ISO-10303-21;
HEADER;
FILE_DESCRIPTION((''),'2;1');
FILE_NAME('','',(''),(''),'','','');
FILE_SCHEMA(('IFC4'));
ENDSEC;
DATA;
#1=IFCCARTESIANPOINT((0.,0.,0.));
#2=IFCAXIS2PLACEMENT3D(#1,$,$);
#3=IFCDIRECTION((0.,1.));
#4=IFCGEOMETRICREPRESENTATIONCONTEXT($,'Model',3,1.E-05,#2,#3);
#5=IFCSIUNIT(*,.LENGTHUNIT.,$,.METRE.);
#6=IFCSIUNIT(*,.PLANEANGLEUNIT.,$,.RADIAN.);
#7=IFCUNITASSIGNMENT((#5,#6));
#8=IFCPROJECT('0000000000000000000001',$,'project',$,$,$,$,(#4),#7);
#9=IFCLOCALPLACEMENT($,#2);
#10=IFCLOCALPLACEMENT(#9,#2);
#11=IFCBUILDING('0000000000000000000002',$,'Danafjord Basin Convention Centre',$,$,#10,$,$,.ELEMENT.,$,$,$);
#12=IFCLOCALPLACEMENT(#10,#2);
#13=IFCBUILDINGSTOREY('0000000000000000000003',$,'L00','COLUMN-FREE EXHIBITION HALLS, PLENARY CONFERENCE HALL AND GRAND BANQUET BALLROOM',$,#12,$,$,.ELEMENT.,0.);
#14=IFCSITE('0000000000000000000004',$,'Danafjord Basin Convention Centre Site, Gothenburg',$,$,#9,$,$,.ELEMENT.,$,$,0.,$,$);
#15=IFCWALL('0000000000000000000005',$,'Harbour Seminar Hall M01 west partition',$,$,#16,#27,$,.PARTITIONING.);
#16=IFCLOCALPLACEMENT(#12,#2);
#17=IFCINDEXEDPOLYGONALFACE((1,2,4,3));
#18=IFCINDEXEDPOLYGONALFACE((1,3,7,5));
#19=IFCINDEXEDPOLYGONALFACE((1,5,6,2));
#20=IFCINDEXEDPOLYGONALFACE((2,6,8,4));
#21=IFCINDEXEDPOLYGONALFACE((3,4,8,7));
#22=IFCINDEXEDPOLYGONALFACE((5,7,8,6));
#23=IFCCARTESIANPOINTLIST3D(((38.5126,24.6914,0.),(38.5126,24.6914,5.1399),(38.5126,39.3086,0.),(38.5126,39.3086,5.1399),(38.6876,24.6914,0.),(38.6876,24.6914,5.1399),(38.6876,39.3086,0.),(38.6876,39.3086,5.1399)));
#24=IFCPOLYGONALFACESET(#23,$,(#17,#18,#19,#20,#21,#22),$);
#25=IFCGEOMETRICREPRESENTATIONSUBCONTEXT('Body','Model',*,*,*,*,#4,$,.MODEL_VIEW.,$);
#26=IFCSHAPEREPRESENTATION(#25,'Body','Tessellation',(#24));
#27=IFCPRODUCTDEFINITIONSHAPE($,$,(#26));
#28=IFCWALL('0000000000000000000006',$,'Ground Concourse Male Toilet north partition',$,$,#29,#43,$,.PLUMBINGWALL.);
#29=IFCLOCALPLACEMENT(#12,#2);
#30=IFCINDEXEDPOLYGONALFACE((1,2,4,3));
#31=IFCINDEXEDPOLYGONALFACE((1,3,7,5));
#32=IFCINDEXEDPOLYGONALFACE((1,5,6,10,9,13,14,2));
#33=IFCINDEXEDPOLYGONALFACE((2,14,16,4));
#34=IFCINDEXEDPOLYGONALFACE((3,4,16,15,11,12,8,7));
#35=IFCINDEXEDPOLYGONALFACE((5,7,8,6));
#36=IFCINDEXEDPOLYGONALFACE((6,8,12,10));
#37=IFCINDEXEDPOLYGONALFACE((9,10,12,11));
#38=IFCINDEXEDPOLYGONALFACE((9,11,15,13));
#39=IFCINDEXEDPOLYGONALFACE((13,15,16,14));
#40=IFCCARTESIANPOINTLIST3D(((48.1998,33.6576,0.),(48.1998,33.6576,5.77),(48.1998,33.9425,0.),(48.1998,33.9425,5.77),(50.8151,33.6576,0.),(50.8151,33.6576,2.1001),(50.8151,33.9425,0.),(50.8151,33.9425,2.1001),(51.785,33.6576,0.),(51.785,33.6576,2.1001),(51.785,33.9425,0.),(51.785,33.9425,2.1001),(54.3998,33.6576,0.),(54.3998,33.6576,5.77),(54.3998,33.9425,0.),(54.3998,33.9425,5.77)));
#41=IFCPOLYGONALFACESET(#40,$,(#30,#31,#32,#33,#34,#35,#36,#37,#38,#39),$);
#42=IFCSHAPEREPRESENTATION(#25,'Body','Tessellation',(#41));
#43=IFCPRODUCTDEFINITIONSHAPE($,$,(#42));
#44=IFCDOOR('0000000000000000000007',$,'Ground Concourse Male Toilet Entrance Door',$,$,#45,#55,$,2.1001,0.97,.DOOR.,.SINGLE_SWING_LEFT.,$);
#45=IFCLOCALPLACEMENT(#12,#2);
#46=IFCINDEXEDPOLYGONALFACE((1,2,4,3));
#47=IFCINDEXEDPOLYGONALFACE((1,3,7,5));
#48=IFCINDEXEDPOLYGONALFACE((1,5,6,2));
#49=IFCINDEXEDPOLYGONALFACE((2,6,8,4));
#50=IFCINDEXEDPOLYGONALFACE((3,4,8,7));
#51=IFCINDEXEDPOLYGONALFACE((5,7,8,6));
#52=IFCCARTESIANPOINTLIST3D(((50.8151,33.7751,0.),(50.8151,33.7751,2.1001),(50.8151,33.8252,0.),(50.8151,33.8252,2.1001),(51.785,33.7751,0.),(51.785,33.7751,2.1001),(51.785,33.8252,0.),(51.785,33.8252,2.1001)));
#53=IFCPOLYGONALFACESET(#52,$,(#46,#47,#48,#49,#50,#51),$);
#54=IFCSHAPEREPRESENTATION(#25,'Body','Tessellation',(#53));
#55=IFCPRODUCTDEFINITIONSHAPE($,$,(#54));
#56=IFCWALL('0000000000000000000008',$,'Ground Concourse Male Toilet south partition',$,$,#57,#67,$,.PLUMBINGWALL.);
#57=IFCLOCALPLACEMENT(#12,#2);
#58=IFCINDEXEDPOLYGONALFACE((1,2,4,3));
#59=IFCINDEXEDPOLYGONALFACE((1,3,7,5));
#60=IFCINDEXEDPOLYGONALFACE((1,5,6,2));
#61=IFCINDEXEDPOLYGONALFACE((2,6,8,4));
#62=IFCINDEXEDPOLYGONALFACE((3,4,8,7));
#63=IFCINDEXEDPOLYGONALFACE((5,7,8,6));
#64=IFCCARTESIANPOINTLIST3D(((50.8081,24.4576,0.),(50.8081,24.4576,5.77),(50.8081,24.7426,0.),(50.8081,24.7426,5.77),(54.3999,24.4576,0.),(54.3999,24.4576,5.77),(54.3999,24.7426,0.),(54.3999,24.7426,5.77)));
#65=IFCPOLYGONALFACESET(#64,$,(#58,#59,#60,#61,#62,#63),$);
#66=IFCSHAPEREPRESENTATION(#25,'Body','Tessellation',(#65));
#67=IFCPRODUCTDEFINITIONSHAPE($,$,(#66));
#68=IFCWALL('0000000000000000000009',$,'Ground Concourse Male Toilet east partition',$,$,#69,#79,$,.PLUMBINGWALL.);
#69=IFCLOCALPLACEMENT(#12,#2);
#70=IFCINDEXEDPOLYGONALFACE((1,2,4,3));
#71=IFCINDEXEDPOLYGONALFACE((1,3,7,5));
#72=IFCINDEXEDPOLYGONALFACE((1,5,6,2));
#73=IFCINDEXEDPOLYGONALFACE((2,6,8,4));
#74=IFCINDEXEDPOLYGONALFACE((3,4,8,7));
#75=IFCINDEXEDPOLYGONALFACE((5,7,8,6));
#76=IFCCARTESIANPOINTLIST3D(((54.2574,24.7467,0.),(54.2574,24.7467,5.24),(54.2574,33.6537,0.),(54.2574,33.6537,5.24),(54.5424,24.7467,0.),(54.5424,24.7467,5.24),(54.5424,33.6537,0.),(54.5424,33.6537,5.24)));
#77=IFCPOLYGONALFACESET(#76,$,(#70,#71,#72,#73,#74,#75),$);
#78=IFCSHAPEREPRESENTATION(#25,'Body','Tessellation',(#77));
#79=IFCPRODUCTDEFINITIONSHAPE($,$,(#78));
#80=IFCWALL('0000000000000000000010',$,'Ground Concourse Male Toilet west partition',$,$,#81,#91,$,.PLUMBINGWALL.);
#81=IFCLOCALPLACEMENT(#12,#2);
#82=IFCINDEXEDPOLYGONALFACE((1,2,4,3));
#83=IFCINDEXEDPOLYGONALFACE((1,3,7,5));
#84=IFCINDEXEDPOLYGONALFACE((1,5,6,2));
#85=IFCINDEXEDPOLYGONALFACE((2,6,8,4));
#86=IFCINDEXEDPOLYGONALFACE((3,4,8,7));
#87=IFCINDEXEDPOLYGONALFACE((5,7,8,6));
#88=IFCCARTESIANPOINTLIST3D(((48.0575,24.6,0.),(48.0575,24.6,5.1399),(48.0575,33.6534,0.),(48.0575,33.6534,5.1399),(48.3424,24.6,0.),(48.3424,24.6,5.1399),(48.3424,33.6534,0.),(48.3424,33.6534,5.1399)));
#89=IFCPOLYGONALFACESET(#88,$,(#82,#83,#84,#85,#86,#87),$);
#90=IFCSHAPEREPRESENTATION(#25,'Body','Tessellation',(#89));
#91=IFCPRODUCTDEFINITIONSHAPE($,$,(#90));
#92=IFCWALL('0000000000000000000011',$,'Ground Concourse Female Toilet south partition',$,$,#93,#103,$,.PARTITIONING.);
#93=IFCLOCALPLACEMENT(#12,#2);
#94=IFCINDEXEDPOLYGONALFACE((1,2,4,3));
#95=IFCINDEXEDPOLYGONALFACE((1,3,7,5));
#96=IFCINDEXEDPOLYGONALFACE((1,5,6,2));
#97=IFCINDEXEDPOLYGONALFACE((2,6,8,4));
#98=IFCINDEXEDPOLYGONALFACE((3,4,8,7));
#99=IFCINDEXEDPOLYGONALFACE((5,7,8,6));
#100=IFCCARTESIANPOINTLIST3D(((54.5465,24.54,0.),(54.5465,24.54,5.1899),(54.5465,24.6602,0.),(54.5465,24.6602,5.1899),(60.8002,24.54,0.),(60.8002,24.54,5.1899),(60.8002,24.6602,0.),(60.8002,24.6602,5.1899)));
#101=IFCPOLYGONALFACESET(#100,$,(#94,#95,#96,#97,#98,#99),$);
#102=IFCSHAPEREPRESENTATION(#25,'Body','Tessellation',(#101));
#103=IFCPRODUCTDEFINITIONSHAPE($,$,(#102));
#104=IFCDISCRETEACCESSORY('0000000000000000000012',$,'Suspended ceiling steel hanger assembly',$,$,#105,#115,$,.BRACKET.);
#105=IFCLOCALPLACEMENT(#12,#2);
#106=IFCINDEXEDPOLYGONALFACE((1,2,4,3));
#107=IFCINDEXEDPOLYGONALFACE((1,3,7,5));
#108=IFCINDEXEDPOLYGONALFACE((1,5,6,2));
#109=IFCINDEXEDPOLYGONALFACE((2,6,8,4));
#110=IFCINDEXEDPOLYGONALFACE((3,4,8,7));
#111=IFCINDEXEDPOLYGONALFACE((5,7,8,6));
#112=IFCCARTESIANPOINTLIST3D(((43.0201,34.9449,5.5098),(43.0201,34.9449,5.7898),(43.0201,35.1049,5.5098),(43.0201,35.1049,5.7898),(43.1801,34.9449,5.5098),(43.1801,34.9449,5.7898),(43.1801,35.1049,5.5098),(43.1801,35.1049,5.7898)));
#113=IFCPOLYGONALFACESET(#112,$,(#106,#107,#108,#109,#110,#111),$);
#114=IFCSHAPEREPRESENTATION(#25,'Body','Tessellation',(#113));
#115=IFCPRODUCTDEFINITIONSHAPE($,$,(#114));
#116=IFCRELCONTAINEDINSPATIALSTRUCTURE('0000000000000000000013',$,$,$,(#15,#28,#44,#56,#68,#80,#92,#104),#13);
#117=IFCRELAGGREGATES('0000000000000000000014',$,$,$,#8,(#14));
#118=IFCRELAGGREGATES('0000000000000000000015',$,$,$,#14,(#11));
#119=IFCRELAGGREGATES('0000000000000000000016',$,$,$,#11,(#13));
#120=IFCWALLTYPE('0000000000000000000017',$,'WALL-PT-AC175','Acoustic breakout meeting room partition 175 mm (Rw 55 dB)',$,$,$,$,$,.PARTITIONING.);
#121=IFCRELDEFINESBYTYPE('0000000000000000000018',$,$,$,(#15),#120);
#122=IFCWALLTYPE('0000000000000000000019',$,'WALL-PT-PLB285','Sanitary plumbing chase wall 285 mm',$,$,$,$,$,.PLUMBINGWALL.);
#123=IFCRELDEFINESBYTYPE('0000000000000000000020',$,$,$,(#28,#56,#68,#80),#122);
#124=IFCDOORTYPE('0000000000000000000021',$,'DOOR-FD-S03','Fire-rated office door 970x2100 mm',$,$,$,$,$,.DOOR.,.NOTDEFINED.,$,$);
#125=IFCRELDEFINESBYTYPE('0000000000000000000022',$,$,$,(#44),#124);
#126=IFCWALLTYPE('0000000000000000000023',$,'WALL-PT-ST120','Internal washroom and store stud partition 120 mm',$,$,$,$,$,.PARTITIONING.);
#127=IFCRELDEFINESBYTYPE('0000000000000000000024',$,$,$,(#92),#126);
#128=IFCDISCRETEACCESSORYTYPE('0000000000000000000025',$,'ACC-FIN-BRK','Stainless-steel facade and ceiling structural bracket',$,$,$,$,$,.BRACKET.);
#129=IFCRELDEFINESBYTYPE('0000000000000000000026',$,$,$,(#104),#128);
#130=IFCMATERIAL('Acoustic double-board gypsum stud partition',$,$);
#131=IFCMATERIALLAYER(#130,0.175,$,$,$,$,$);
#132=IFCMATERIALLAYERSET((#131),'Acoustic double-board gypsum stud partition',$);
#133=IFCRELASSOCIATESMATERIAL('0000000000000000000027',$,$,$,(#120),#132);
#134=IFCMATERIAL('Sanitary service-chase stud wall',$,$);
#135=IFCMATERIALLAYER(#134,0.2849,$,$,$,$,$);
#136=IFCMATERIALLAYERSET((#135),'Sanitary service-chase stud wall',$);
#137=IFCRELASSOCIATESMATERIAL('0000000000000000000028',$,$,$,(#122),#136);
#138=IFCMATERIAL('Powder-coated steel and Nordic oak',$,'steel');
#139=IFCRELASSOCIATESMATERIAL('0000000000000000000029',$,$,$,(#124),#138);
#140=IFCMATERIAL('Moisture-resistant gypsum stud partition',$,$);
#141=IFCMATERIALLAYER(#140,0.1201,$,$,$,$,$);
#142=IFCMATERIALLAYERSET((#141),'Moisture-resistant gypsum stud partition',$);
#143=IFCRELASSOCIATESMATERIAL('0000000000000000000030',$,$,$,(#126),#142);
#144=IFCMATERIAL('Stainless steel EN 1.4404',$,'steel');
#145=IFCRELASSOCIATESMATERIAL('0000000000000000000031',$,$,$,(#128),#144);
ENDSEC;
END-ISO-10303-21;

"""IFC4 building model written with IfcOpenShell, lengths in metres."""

from ifc_helpers import new_model, si_unit, direction, frame, frame_2d, origin, origin_2d, place, context, subcontext, project, spatial, rectangle, extrude, material, layer, layer_set, type_object, element, fill, save


model = new_model("IFC4")

# Units and contexts
model_context = context("Model", 3, precision=1e-05, world=origin(), true_north=direction((0.0, 1.0)))
body_context = subcontext(model_context, "Body", "Model", "MODEL_VIEW")
ifc_project = project(units=[si_unit("LENGTHUNIT", "METRE"), si_unit("PLANEANGLEUNIT", "RADIAN")], contexts=[model_context])

# Site, building, storey
site_placement = place(None, origin())
site = spatial("IfcSite", under=ifc_project, at=site_placement, Name="Danafjord Basin Convention Centre Site, Gothenburg", CompositionType="ELEMENT", RefElevation=0.0)
building_placement = place(site_placement, origin())
building = spatial("IfcBuilding", under=site, at=building_placement, Name="Danafjord Basin Convention Centre", CompositionType="ELEMENT")
storey_placement = place(building_placement, origin())
storey = spatial("IfcBuildingStorey", under=building, at=storey_placement, Name="L00", Description="COLUMN-FREE EXHIBITION HALLS, PLENARY CONFERENCE HALL AND GRAND BANQUET BALLROOM", CompositionType="ELEMENT", Elevation=0.0)

# Shared definitions
ifc_material_1 = material(Name="Acoustic double-board gypsum stud partition")
ifc_layer_1 = layer(ifc_material_1, 0.175)
ifc_layer_set_1 = layer_set([ifc_layer_1], Name="Acoustic double-board gypsum stud partition")
wall_type_1 = type_object("IfcWallType", Name="WALL-PT-AC175", Description="Acoustic breakout meeting room partition 175 mm (Rw 55 dB)", PredefinedType="PARTITIONING", material=ifc_layer_set_1)
ifc_material_2 = material(Name="Powder-coated steel and Nordic oak", Category="steel")

# Wall
wall_1_placement = place(storey_placement, frame((38.6001, 39.3086, 0.0), z_axis=(0.0, 0.0, 1.0), x_axis=(0.0, -1.0, 0.0)))
element("IfcWall", 1, at=wall_1_placement, inside=storey, type_object=wall_type_1, Name="Harbour Seminar Hall M01 west partition", PredefinedType="PARTITIONING", context=body_context, shape_type="SweptSolid", body=[
    extrude(rectangle(XDim=14.6172, YDim=0.175, at=frame_2d((7.3086, 0.0))), origin(), (0.0, 0.0, 1.0), 5.1399),
])

# Wall, opening, door
ifc_material_3 = material(Name="Sanitary service-chase stud wall")
ifc_layer_2 = layer(ifc_material_3, 0.2849)
ifc_layer_set_2 = layer_set([ifc_layer_2], Name="Sanitary service-chase stud wall")
wall_type_2 = type_object("IfcWallType", Name="WALL-PT-PLB285", Description="Sanitary plumbing chase wall 285 mm", PredefinedType="PLUMBINGWALL", material=ifc_layer_set_2)
wall_2_placement = place(storey_placement, frame((54.3999, 33.8, 0.0), z_axis=(0.0, 0.0, 1.0), x_axis=(-1.0, 0.0, 0.0)))
wall_2 = element("IfcWall", 2, at=wall_2_placement, inside=storey, type_object=wall_type_2, Name="Ground Concourse Male Toilet north partition", PredefinedType="PLUMBINGWALL", context=body_context, shape_type="SweptSolid", body=[
    extrude(rectangle(XDim=6.2, YDim=0.2849, at=frame_2d((3.1001, 0.0))), origin(), (0.0, 0.0, 1.0), 5.77),
])
opening_1_placement = place(wall_2_placement, frame((2.615, 0.0, 0.0)))
opening_1 = element("IfcOpeningElement", 3, at=opening_1_placement, cuts=wall_2, PredefinedType="OPENING", context=body_context, shape_type="SweptSolid", body=[
    extrude(rectangle(XDim=0.97, YDim=2.1001, at=frame_2d((0.4849, 1.05))), frame((0.0, 0.1523, 0.0), z_axis=(0.0, -1.0, 0.0), x_axis=(1.0, 0.0, 0.0)), (0.0, 0.0, 1.0), 0.3049),
])
door_type_1 = type_object("IfcDoorType", Name="DOOR-FD-S03", Description="Fire-rated office door 970x2100 mm", OperationType="NOTDEFINED", PredefinedType="DOOR", material=ifc_material_2)
door_1_placement = place(opening_1_placement, origin())
door_1 = element("IfcDoor", 4, at=door_1_placement, inside=storey, type_object=door_type_1, Name="Ground Concourse Male Toilet Entrance Door", OperationType="SINGLE_SWING_LEFT", OverallHeight=2.1001, OverallWidth=0.97, PredefinedType="DOOR", context=body_context, shape_type="SweptSolid", body=[
    extrude(rectangle(XDim=0.97, YDim=2.1001, at=frame_2d((0.4849, 1.05))), frame((0.0, 0.0249, 0.0), z_axis=(0.0, -1.0, 0.0), x_axis=(1.0, 0.0, 0.0)), (0.0, 0.0, 1.0), 0.05),
])
fill(opening_1, door_1)

# Walls
wall_3_placement = place(storey_placement, frame((50.8081, 24.6001, 0.0), z_axis=(0.0, 0.0, 1.0), x_axis=(1.0, 0.0, 0.0)))
element("IfcWall", 5, at=wall_3_placement, inside=storey, type_object=wall_type_2, Name="Ground Concourse Male Toilet south partition", PredefinedType="PLUMBINGWALL", context=body_context, shape_type="SweptSolid", body=[
    extrude(rectangle(XDim=3.5918, YDim=0.2849, at=frame_2d((1.7959, 0.0))), origin(), (0.0, 0.0, 1.0), 5.77),
])
wall_4_placement = place(storey_placement, frame((54.3999, 24.7466, 0.0), z_axis=(0.0, 0.0, 1.0), x_axis=(0.0, 1.0, 0.0)))
element("IfcWall", 6, at=wall_4_placement, inside=storey, type_object=wall_type_2, Name="Ground Concourse Male Toilet east partition", PredefinedType="PLUMBINGWALL", context=body_context, shape_type="SweptSolid", body=[
    extrude(rectangle(XDim=8.907, YDim=0.2849, at=frame_2d((4.4536, 0.0))), origin(), (0.0, 0.0, 1.0), 5.24),
])
wall_5_placement = place(storey_placement, frame((48.2, 33.6536, 0.0), z_axis=(0.0, 0.0, 1.0), x_axis=(0.0, -1.0, 0.0)))
element("IfcWall", 7, at=wall_5_placement, inside=storey, type_object=wall_type_2, Name="Ground Concourse Male Toilet west partition", PredefinedType="PLUMBINGWALL", context=body_context, shape_type="SweptSolid", body=[
    extrude(rectangle(XDim=9.0535, YDim=0.2849, at=frame_2d((4.5269, 0.0))), origin(), (0.0, 0.0, 1.0), 5.1399),
])
ifc_material_4 = material(Name="Moisture-resistant gypsum stud partition")
ifc_layer_3 = layer(ifc_material_4, 0.1201)
ifc_layer_set_3 = layer_set([ifc_layer_3], Name="Moisture-resistant gypsum stud partition")
wall_type_3 = type_object("IfcWallType", Name="WALL-PT-ST120", Description="Internal washroom and store stud partition 120 mm", PredefinedType="PARTITIONING", material=ifc_layer_set_3)
wall_6_placement = place(storey_placement, frame((54.5464, 24.6001, 0.0), z_axis=(0.0, 0.0, 1.0), x_axis=(1.0, 0.0, 0.0)))
element("IfcWall", 8, at=wall_6_placement, inside=storey, type_object=wall_type_3, Name="Ground Concourse Female Toilet south partition", PredefinedType="PARTITIONING", context=body_context, shape_type="SweptSolid", body=[
    extrude(rectangle(XDim=6.2537, YDim=0.1201, at=frame_2d((3.127, 0.0))), origin(), (0.0, 0.0, 1.0), 5.1899),
])

# Discrete accessory
ifc_material_5 = material(Name="Stainless steel EN 1.4404", Category="steel")
discrete_accessory_type = type_object("IfcDiscreteAccessoryType", Name="ACC-FIN-BRK", Description="Stainless-steel facade and ceiling structural bracket", PredefinedType="BRACKET", material=ifc_material_5)
discrete_accessory_placement = place(storey_placement, frame((43.1001, 35.0249, 5.5098), z_axis=(0.0, 0.0, 1.0), x_axis=(1.0, 0.0, 0.0)))
element("IfcDiscreteAccessory", 9, at=discrete_accessory_placement, inside=storey, type_object=discrete_accessory_type, Name="Suspended ceiling steel hanger assembly", PredefinedType="BRACKET", context=body_context, shape_type="SweptSolid", body=[
    extrude(rectangle(XDim=0.1599, YDim=0.1599, at=origin_2d()), origin(), (0.0, 0.0, 1.0), 0.28),
])

save(model, "model.ifc")
